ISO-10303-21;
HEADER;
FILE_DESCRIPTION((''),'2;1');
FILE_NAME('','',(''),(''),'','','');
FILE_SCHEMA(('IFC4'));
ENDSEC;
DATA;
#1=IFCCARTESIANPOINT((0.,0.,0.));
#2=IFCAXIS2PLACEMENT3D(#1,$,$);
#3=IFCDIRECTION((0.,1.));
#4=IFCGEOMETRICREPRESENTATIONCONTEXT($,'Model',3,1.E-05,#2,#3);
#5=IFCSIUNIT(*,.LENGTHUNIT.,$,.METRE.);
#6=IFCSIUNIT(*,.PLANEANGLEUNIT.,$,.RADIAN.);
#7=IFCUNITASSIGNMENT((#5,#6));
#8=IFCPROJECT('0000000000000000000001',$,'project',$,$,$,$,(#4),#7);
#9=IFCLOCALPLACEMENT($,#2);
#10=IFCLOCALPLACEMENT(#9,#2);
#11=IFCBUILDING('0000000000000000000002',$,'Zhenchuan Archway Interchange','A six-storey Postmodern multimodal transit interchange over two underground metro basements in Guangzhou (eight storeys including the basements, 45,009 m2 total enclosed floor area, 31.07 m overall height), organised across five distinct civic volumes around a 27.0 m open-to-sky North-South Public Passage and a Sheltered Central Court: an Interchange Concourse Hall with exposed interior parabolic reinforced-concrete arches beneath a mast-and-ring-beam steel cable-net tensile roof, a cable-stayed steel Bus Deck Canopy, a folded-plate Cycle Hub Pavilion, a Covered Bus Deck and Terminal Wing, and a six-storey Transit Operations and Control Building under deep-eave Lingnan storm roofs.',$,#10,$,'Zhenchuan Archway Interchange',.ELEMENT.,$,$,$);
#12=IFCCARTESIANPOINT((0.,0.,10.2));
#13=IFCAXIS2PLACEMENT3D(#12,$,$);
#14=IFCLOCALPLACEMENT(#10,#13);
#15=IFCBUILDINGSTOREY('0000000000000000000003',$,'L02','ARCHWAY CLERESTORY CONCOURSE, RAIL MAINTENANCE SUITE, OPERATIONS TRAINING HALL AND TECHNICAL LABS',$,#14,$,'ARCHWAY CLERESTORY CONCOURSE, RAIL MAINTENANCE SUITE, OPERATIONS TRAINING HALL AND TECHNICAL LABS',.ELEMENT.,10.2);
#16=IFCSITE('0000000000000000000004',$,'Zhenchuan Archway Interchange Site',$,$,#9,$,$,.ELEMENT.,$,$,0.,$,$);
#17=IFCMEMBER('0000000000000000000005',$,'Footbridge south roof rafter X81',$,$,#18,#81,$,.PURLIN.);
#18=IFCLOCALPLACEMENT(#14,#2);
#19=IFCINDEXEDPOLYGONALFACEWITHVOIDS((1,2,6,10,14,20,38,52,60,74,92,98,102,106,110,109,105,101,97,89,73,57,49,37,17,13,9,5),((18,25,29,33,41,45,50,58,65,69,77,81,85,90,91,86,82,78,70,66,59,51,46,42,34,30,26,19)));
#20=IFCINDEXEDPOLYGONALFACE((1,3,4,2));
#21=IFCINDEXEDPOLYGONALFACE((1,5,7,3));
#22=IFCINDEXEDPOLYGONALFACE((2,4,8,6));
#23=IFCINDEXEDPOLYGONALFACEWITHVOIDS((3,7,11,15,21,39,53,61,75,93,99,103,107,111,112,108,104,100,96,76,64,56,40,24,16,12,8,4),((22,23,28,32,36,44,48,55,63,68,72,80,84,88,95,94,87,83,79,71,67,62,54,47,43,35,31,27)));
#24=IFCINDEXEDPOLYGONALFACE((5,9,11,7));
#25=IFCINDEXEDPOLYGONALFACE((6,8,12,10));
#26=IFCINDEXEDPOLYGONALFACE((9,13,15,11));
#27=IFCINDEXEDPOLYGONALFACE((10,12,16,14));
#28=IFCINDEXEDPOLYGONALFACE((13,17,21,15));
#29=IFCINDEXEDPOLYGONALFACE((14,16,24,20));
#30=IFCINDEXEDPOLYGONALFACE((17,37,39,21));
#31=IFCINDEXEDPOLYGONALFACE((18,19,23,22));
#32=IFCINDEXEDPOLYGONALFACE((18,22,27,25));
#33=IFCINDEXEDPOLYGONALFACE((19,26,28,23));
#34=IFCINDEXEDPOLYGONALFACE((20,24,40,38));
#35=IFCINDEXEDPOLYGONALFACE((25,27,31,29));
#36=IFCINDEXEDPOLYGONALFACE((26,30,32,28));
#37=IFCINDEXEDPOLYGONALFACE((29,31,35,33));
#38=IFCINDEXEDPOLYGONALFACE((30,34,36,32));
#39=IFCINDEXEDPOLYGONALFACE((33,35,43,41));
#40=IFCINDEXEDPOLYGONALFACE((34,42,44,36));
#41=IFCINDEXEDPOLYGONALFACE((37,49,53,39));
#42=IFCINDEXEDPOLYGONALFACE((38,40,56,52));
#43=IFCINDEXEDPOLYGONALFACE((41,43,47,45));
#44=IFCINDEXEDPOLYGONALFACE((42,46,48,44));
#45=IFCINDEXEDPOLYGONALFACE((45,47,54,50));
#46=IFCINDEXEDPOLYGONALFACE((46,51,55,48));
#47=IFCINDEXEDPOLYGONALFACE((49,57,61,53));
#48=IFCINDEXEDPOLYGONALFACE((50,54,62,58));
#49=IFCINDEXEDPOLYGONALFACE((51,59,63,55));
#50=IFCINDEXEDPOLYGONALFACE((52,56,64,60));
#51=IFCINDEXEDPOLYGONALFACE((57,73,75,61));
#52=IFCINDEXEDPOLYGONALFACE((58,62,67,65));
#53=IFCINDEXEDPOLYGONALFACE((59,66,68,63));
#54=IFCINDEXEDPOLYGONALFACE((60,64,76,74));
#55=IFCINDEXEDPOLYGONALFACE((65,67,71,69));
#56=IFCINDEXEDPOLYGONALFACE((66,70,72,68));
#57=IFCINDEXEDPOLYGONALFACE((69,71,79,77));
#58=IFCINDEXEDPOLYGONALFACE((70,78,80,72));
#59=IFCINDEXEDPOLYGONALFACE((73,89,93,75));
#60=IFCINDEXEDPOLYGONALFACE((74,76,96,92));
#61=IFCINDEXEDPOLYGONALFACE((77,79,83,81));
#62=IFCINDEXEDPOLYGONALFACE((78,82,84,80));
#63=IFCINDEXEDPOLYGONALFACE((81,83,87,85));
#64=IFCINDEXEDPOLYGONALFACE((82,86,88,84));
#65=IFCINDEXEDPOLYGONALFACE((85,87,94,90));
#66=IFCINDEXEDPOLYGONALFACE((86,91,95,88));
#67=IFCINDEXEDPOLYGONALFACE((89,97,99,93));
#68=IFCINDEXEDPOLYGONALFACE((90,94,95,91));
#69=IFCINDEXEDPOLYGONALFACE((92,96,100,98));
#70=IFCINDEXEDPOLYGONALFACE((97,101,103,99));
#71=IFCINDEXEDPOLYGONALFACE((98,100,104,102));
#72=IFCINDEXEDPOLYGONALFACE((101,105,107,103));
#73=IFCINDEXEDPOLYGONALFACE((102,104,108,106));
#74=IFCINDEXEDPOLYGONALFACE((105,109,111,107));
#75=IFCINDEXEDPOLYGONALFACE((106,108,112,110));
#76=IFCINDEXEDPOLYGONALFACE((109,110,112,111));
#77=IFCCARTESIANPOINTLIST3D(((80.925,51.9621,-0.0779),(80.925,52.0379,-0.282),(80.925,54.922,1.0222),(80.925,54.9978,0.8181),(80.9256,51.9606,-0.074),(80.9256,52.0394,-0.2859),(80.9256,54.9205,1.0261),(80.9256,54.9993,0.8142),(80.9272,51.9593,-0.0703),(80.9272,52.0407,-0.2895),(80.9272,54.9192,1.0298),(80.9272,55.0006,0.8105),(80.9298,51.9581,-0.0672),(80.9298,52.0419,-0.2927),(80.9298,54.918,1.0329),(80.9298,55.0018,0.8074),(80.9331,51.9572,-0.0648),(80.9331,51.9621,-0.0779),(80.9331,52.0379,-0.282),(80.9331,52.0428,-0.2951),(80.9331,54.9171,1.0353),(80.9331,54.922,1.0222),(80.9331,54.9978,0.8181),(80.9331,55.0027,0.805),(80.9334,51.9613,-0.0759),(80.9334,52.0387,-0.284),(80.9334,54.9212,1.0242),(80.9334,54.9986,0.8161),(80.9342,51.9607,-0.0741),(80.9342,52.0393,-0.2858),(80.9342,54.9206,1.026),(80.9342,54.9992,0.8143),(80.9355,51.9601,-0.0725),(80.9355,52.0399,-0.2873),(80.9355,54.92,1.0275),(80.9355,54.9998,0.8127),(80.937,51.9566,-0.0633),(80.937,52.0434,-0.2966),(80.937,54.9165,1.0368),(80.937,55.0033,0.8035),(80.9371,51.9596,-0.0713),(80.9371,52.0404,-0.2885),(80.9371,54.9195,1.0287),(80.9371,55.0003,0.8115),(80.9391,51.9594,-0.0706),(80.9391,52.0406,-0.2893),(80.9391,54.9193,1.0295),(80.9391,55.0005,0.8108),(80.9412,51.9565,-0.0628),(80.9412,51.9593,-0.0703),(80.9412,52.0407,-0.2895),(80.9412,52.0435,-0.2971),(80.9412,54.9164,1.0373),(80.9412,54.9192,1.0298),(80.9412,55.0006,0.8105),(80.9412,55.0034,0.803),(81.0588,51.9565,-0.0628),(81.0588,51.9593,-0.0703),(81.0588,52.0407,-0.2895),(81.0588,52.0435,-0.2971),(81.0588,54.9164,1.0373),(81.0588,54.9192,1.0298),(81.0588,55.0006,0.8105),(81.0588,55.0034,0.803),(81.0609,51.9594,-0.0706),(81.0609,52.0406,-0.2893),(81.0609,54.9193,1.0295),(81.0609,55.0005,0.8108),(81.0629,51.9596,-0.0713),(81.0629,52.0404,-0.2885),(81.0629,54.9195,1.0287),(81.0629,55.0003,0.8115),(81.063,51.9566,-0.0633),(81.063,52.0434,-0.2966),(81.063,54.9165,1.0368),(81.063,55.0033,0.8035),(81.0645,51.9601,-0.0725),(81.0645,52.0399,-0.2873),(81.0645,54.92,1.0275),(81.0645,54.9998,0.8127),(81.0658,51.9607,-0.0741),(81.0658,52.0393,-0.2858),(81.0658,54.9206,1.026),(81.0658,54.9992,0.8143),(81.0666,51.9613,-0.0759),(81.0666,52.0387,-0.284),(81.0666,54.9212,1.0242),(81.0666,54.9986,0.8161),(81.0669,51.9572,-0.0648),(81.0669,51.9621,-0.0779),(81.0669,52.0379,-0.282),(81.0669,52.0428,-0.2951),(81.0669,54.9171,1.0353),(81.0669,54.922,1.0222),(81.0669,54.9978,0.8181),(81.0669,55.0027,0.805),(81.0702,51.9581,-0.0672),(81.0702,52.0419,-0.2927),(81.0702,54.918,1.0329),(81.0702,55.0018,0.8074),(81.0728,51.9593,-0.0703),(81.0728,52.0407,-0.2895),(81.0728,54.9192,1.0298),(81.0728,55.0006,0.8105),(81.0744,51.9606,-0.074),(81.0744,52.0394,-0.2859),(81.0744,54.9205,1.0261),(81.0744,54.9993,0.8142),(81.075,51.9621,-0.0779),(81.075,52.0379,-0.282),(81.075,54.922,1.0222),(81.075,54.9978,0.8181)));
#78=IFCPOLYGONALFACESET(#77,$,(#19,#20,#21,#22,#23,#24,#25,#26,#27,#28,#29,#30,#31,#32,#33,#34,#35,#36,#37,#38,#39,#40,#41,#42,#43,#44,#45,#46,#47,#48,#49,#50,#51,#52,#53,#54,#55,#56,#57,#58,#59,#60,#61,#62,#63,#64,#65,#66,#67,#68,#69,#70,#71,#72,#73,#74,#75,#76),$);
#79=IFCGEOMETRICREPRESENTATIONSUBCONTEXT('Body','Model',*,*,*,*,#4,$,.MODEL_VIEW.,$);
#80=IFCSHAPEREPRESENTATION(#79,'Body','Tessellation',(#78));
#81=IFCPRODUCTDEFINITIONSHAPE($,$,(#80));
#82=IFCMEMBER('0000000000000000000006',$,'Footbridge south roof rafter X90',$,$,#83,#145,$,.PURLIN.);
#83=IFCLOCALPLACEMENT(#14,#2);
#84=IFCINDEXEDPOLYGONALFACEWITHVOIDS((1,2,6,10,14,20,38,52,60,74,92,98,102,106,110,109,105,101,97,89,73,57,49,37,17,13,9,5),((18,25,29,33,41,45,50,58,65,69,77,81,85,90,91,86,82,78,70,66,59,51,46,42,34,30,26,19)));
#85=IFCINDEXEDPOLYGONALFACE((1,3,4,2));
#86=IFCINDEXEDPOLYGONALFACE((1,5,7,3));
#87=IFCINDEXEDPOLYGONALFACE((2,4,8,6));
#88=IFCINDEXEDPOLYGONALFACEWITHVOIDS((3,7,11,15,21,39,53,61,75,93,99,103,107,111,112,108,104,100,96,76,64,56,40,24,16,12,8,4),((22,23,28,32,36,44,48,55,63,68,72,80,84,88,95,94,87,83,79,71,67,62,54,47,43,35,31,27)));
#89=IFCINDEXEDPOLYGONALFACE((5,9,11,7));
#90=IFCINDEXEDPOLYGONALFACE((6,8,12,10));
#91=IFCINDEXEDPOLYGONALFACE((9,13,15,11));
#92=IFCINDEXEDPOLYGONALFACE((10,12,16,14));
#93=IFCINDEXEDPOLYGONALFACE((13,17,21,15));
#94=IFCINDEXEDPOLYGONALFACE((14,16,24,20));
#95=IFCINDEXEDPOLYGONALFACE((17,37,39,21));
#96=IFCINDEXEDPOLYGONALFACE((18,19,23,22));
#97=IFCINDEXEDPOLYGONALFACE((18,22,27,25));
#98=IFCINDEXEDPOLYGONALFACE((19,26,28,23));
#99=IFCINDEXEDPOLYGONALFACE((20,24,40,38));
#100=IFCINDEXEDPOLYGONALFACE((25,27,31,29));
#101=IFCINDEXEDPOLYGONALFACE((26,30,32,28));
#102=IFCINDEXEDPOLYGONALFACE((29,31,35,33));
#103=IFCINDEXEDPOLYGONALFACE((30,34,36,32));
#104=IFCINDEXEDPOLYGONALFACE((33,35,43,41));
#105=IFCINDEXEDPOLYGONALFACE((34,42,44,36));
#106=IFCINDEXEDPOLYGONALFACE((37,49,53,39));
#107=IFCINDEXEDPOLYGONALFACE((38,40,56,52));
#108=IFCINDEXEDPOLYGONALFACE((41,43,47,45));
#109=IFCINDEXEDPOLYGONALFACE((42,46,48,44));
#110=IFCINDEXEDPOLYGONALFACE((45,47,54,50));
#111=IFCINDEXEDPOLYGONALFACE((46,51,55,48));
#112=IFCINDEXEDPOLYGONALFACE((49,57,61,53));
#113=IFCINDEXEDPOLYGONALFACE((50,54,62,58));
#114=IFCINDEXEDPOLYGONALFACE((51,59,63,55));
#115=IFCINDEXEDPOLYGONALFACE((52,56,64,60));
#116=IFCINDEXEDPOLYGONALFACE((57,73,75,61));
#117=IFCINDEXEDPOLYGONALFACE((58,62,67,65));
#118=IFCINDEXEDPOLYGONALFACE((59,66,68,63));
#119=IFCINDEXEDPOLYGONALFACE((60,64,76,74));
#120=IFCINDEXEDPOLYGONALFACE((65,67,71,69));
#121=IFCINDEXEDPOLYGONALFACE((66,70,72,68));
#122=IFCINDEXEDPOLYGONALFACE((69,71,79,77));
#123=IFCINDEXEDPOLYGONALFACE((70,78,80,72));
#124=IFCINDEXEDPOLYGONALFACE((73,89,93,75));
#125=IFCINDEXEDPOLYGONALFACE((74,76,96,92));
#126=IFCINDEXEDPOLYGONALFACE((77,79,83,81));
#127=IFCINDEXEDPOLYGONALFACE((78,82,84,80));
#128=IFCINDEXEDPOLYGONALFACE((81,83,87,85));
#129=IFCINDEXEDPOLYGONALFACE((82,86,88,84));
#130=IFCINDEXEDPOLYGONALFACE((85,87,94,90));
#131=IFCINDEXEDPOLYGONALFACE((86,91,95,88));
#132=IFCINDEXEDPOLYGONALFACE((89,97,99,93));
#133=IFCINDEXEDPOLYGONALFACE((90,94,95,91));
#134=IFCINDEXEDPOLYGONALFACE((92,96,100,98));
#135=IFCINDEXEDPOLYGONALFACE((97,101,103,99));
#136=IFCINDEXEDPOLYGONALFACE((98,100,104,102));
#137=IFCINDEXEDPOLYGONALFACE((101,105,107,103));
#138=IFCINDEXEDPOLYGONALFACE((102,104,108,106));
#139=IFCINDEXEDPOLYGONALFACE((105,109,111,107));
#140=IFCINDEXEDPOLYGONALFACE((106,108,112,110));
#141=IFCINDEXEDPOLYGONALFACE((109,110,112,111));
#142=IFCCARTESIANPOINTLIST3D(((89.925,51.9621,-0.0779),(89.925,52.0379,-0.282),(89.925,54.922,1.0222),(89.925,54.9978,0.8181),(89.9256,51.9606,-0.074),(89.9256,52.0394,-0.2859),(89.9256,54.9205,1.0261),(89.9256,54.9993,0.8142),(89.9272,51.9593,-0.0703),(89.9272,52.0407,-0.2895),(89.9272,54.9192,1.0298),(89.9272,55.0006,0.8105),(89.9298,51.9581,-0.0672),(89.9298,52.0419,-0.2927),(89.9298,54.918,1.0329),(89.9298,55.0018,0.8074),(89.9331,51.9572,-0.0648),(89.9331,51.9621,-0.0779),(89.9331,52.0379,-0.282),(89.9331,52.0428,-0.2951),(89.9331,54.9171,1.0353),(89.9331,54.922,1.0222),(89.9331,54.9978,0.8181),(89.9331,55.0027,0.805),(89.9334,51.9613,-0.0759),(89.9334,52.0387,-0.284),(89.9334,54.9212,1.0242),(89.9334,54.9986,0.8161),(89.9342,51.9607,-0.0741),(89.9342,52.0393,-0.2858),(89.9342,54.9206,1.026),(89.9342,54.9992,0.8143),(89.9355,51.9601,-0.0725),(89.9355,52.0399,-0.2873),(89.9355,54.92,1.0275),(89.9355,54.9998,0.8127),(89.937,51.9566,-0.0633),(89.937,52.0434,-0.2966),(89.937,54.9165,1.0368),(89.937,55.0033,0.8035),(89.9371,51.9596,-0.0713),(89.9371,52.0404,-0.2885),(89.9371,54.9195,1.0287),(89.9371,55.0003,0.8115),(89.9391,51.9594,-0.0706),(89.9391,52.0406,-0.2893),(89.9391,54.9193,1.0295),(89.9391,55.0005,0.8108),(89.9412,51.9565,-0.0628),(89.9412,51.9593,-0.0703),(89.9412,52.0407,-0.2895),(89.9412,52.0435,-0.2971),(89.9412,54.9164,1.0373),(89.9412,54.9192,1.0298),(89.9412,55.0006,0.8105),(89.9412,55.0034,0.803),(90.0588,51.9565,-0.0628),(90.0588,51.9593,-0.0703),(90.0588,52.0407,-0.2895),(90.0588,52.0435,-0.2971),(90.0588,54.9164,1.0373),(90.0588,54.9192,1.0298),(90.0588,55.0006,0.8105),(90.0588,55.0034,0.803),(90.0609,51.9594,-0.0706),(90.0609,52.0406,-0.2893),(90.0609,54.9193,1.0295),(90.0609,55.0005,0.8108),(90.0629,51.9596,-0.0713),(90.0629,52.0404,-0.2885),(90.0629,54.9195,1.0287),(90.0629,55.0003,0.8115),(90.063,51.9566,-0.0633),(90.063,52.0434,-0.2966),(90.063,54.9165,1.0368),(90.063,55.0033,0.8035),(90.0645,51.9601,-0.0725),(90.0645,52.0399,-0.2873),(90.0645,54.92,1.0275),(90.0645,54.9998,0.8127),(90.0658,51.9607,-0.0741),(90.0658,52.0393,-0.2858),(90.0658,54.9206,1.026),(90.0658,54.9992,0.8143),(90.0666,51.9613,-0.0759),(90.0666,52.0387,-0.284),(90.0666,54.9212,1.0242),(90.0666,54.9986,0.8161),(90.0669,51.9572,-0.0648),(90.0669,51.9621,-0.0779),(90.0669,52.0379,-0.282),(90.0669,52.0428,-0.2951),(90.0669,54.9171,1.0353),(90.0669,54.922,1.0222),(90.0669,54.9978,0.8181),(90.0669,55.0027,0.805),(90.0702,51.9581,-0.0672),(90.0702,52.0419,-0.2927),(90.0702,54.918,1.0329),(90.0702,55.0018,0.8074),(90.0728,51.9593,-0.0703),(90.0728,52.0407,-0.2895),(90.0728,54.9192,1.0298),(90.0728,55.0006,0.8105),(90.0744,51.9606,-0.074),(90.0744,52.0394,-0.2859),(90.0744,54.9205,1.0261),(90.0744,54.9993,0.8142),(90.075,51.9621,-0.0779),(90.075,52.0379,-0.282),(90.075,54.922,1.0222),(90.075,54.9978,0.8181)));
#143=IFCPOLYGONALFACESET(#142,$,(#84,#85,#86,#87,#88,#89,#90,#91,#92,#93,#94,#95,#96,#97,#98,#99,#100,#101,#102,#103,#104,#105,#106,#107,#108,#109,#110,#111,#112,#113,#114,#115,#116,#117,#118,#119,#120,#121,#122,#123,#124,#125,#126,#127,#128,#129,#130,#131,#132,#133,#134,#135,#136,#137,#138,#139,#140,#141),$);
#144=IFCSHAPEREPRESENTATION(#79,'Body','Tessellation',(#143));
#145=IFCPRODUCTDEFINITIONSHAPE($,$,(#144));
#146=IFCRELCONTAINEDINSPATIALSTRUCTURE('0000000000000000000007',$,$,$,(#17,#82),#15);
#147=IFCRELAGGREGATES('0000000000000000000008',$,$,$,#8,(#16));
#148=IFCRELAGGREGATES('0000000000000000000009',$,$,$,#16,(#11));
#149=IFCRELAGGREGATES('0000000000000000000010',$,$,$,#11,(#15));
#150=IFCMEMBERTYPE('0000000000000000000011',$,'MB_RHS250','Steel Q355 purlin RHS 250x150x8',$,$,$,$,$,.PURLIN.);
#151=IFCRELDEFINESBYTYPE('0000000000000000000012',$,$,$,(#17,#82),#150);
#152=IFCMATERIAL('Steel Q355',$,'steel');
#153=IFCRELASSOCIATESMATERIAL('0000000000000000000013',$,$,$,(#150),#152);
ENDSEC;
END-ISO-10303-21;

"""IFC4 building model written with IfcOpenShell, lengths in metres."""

from ifc_helpers import new_model, si_unit, direction, frame, origin, origin_2d, place, context, subcontext, project, spatial, hollow_rectangle, extrude, material, material_profile, profile_set, type_object, element, save


model = new_model("IFC4")

# Units and contexts
model_context = context("Model", 3, precision=1e-05, world=origin(), true_north=direction((0.0, 1.0)))
body_context = subcontext(model_context, "Body", "Model", "MODEL_VIEW")
ifc_project = project(units=[si_unit("LENGTHUNIT", "METRE"), si_unit("PLANEANGLEUNIT", "RADIAN")], contexts=[model_context])

# Site, building, storey
site_placement = place(None, origin())
site = spatial("IfcSite", under=ifc_project, at=site_placement, Name="Zhenchuan Archway Interchange Site", CompositionType="ELEMENT", RefElevation=0.0)
building_placement = place(site_placement, origin())
building = spatial("IfcBuilding", under=site, at=building_placement, Name="Zhenchuan Archway Interchange", Description="A six-storey Postmodern multimodal transit interchange over two underground metro basements in Guangzhou (eight storeys including the basements, 45,009 m2 total enclosed floor area, 31.07 m overall height), organised across five distinct civic volumes around a 27.0 m open-to-sky North-South Public Passage and a Sheltered Central Court: an Interchange Concourse Hall with exposed interior parabolic reinforced-concrete arches beneath a mast-and-ring-beam steel cable-net tensile roof, a cable-stayed steel Bus Deck Canopy, a folded-plate Cycle Hub Pavilion, a Covered Bus Deck and Terminal Wing, and a six-storey Transit Operations and Control Building under deep-eave Lingnan storm roofs.", LongName="Zhenchuan Archway Interchange", CompositionType="ELEMENT")
storey_placement = place(building_placement, frame((0.0, 0.0, 10.2)))
storey = spatial("IfcBuildingStorey", under=building, at=storey_placement, Name="L02", Description="ARCHWAY CLERESTORY CONCOURSE, RAIL MAINTENANCE SUITE, OPERATIONS TRAINING HALL AND TECHNICAL LABS", LongName="ARCHWAY CLERESTORY CONCOURSE, RAIL MAINTENANCE SUITE, OPERATIONS TRAINING HALL AND TECHNICAL LABS", CompositionType="ELEMENT", Elevation=10.2)

# Shared definitions
ifc_material_1 = material(Name="Steel Q355", Category="steel")

# Members
ifc_material_profile_1 = material_profile(ifc_material_1, hollow_rectangle(XDim=0.1499, YDim=0.25, WallThickness=0.0081, InnerFilletRadius=0.0081, OuterFilletRadius=0.0161, at=origin_2d()), Name="RHS 250x150x8")
ifc_profile_set_1 = profile_set([ifc_material_profile_1], Name="Steel Q355")
member_type_1 = type_object("IfcMemberType", Name="MB_RHS250", Description="Steel Q355 purlin RHS 250x150x8", PredefinedType="PURLIN", material=ifc_profile_set_1)
for number, where, z_axis, x_axis, name in (
    (1, (81.0, 52.0, -0.1799), (0.0, 0.937355, 0.348377), (-1.0, 0.0, 0.0), "Footbridge south roof rafter X81"),
    (2, (90.0, 52.0, -0.1799), (0.0, 0.937355, 0.348377), (-1.0, 0.0, 0.0), "Footbridge south roof rafter X90"),
):
    element("IfcMember", number, at=place(storey_placement, frame(where, z_axis=z_axis, x_axis=x_axis)), inside=storey, type_object=member_type_1, Name=name, PredefinedType="PURLIN", context=body_context, shape_type="SweptSolid", body=[
        extrude(hollow_rectangle(XDim=0.1499, YDim=0.25, WallThickness=0.0081, InnerFilletRadius=0.0081, OuterFilletRadius=0.0161, at=origin_2d()), origin(), (0.0, 0.0, 1.0), 3.1577),
    ])

save(model, "model.ifc")
